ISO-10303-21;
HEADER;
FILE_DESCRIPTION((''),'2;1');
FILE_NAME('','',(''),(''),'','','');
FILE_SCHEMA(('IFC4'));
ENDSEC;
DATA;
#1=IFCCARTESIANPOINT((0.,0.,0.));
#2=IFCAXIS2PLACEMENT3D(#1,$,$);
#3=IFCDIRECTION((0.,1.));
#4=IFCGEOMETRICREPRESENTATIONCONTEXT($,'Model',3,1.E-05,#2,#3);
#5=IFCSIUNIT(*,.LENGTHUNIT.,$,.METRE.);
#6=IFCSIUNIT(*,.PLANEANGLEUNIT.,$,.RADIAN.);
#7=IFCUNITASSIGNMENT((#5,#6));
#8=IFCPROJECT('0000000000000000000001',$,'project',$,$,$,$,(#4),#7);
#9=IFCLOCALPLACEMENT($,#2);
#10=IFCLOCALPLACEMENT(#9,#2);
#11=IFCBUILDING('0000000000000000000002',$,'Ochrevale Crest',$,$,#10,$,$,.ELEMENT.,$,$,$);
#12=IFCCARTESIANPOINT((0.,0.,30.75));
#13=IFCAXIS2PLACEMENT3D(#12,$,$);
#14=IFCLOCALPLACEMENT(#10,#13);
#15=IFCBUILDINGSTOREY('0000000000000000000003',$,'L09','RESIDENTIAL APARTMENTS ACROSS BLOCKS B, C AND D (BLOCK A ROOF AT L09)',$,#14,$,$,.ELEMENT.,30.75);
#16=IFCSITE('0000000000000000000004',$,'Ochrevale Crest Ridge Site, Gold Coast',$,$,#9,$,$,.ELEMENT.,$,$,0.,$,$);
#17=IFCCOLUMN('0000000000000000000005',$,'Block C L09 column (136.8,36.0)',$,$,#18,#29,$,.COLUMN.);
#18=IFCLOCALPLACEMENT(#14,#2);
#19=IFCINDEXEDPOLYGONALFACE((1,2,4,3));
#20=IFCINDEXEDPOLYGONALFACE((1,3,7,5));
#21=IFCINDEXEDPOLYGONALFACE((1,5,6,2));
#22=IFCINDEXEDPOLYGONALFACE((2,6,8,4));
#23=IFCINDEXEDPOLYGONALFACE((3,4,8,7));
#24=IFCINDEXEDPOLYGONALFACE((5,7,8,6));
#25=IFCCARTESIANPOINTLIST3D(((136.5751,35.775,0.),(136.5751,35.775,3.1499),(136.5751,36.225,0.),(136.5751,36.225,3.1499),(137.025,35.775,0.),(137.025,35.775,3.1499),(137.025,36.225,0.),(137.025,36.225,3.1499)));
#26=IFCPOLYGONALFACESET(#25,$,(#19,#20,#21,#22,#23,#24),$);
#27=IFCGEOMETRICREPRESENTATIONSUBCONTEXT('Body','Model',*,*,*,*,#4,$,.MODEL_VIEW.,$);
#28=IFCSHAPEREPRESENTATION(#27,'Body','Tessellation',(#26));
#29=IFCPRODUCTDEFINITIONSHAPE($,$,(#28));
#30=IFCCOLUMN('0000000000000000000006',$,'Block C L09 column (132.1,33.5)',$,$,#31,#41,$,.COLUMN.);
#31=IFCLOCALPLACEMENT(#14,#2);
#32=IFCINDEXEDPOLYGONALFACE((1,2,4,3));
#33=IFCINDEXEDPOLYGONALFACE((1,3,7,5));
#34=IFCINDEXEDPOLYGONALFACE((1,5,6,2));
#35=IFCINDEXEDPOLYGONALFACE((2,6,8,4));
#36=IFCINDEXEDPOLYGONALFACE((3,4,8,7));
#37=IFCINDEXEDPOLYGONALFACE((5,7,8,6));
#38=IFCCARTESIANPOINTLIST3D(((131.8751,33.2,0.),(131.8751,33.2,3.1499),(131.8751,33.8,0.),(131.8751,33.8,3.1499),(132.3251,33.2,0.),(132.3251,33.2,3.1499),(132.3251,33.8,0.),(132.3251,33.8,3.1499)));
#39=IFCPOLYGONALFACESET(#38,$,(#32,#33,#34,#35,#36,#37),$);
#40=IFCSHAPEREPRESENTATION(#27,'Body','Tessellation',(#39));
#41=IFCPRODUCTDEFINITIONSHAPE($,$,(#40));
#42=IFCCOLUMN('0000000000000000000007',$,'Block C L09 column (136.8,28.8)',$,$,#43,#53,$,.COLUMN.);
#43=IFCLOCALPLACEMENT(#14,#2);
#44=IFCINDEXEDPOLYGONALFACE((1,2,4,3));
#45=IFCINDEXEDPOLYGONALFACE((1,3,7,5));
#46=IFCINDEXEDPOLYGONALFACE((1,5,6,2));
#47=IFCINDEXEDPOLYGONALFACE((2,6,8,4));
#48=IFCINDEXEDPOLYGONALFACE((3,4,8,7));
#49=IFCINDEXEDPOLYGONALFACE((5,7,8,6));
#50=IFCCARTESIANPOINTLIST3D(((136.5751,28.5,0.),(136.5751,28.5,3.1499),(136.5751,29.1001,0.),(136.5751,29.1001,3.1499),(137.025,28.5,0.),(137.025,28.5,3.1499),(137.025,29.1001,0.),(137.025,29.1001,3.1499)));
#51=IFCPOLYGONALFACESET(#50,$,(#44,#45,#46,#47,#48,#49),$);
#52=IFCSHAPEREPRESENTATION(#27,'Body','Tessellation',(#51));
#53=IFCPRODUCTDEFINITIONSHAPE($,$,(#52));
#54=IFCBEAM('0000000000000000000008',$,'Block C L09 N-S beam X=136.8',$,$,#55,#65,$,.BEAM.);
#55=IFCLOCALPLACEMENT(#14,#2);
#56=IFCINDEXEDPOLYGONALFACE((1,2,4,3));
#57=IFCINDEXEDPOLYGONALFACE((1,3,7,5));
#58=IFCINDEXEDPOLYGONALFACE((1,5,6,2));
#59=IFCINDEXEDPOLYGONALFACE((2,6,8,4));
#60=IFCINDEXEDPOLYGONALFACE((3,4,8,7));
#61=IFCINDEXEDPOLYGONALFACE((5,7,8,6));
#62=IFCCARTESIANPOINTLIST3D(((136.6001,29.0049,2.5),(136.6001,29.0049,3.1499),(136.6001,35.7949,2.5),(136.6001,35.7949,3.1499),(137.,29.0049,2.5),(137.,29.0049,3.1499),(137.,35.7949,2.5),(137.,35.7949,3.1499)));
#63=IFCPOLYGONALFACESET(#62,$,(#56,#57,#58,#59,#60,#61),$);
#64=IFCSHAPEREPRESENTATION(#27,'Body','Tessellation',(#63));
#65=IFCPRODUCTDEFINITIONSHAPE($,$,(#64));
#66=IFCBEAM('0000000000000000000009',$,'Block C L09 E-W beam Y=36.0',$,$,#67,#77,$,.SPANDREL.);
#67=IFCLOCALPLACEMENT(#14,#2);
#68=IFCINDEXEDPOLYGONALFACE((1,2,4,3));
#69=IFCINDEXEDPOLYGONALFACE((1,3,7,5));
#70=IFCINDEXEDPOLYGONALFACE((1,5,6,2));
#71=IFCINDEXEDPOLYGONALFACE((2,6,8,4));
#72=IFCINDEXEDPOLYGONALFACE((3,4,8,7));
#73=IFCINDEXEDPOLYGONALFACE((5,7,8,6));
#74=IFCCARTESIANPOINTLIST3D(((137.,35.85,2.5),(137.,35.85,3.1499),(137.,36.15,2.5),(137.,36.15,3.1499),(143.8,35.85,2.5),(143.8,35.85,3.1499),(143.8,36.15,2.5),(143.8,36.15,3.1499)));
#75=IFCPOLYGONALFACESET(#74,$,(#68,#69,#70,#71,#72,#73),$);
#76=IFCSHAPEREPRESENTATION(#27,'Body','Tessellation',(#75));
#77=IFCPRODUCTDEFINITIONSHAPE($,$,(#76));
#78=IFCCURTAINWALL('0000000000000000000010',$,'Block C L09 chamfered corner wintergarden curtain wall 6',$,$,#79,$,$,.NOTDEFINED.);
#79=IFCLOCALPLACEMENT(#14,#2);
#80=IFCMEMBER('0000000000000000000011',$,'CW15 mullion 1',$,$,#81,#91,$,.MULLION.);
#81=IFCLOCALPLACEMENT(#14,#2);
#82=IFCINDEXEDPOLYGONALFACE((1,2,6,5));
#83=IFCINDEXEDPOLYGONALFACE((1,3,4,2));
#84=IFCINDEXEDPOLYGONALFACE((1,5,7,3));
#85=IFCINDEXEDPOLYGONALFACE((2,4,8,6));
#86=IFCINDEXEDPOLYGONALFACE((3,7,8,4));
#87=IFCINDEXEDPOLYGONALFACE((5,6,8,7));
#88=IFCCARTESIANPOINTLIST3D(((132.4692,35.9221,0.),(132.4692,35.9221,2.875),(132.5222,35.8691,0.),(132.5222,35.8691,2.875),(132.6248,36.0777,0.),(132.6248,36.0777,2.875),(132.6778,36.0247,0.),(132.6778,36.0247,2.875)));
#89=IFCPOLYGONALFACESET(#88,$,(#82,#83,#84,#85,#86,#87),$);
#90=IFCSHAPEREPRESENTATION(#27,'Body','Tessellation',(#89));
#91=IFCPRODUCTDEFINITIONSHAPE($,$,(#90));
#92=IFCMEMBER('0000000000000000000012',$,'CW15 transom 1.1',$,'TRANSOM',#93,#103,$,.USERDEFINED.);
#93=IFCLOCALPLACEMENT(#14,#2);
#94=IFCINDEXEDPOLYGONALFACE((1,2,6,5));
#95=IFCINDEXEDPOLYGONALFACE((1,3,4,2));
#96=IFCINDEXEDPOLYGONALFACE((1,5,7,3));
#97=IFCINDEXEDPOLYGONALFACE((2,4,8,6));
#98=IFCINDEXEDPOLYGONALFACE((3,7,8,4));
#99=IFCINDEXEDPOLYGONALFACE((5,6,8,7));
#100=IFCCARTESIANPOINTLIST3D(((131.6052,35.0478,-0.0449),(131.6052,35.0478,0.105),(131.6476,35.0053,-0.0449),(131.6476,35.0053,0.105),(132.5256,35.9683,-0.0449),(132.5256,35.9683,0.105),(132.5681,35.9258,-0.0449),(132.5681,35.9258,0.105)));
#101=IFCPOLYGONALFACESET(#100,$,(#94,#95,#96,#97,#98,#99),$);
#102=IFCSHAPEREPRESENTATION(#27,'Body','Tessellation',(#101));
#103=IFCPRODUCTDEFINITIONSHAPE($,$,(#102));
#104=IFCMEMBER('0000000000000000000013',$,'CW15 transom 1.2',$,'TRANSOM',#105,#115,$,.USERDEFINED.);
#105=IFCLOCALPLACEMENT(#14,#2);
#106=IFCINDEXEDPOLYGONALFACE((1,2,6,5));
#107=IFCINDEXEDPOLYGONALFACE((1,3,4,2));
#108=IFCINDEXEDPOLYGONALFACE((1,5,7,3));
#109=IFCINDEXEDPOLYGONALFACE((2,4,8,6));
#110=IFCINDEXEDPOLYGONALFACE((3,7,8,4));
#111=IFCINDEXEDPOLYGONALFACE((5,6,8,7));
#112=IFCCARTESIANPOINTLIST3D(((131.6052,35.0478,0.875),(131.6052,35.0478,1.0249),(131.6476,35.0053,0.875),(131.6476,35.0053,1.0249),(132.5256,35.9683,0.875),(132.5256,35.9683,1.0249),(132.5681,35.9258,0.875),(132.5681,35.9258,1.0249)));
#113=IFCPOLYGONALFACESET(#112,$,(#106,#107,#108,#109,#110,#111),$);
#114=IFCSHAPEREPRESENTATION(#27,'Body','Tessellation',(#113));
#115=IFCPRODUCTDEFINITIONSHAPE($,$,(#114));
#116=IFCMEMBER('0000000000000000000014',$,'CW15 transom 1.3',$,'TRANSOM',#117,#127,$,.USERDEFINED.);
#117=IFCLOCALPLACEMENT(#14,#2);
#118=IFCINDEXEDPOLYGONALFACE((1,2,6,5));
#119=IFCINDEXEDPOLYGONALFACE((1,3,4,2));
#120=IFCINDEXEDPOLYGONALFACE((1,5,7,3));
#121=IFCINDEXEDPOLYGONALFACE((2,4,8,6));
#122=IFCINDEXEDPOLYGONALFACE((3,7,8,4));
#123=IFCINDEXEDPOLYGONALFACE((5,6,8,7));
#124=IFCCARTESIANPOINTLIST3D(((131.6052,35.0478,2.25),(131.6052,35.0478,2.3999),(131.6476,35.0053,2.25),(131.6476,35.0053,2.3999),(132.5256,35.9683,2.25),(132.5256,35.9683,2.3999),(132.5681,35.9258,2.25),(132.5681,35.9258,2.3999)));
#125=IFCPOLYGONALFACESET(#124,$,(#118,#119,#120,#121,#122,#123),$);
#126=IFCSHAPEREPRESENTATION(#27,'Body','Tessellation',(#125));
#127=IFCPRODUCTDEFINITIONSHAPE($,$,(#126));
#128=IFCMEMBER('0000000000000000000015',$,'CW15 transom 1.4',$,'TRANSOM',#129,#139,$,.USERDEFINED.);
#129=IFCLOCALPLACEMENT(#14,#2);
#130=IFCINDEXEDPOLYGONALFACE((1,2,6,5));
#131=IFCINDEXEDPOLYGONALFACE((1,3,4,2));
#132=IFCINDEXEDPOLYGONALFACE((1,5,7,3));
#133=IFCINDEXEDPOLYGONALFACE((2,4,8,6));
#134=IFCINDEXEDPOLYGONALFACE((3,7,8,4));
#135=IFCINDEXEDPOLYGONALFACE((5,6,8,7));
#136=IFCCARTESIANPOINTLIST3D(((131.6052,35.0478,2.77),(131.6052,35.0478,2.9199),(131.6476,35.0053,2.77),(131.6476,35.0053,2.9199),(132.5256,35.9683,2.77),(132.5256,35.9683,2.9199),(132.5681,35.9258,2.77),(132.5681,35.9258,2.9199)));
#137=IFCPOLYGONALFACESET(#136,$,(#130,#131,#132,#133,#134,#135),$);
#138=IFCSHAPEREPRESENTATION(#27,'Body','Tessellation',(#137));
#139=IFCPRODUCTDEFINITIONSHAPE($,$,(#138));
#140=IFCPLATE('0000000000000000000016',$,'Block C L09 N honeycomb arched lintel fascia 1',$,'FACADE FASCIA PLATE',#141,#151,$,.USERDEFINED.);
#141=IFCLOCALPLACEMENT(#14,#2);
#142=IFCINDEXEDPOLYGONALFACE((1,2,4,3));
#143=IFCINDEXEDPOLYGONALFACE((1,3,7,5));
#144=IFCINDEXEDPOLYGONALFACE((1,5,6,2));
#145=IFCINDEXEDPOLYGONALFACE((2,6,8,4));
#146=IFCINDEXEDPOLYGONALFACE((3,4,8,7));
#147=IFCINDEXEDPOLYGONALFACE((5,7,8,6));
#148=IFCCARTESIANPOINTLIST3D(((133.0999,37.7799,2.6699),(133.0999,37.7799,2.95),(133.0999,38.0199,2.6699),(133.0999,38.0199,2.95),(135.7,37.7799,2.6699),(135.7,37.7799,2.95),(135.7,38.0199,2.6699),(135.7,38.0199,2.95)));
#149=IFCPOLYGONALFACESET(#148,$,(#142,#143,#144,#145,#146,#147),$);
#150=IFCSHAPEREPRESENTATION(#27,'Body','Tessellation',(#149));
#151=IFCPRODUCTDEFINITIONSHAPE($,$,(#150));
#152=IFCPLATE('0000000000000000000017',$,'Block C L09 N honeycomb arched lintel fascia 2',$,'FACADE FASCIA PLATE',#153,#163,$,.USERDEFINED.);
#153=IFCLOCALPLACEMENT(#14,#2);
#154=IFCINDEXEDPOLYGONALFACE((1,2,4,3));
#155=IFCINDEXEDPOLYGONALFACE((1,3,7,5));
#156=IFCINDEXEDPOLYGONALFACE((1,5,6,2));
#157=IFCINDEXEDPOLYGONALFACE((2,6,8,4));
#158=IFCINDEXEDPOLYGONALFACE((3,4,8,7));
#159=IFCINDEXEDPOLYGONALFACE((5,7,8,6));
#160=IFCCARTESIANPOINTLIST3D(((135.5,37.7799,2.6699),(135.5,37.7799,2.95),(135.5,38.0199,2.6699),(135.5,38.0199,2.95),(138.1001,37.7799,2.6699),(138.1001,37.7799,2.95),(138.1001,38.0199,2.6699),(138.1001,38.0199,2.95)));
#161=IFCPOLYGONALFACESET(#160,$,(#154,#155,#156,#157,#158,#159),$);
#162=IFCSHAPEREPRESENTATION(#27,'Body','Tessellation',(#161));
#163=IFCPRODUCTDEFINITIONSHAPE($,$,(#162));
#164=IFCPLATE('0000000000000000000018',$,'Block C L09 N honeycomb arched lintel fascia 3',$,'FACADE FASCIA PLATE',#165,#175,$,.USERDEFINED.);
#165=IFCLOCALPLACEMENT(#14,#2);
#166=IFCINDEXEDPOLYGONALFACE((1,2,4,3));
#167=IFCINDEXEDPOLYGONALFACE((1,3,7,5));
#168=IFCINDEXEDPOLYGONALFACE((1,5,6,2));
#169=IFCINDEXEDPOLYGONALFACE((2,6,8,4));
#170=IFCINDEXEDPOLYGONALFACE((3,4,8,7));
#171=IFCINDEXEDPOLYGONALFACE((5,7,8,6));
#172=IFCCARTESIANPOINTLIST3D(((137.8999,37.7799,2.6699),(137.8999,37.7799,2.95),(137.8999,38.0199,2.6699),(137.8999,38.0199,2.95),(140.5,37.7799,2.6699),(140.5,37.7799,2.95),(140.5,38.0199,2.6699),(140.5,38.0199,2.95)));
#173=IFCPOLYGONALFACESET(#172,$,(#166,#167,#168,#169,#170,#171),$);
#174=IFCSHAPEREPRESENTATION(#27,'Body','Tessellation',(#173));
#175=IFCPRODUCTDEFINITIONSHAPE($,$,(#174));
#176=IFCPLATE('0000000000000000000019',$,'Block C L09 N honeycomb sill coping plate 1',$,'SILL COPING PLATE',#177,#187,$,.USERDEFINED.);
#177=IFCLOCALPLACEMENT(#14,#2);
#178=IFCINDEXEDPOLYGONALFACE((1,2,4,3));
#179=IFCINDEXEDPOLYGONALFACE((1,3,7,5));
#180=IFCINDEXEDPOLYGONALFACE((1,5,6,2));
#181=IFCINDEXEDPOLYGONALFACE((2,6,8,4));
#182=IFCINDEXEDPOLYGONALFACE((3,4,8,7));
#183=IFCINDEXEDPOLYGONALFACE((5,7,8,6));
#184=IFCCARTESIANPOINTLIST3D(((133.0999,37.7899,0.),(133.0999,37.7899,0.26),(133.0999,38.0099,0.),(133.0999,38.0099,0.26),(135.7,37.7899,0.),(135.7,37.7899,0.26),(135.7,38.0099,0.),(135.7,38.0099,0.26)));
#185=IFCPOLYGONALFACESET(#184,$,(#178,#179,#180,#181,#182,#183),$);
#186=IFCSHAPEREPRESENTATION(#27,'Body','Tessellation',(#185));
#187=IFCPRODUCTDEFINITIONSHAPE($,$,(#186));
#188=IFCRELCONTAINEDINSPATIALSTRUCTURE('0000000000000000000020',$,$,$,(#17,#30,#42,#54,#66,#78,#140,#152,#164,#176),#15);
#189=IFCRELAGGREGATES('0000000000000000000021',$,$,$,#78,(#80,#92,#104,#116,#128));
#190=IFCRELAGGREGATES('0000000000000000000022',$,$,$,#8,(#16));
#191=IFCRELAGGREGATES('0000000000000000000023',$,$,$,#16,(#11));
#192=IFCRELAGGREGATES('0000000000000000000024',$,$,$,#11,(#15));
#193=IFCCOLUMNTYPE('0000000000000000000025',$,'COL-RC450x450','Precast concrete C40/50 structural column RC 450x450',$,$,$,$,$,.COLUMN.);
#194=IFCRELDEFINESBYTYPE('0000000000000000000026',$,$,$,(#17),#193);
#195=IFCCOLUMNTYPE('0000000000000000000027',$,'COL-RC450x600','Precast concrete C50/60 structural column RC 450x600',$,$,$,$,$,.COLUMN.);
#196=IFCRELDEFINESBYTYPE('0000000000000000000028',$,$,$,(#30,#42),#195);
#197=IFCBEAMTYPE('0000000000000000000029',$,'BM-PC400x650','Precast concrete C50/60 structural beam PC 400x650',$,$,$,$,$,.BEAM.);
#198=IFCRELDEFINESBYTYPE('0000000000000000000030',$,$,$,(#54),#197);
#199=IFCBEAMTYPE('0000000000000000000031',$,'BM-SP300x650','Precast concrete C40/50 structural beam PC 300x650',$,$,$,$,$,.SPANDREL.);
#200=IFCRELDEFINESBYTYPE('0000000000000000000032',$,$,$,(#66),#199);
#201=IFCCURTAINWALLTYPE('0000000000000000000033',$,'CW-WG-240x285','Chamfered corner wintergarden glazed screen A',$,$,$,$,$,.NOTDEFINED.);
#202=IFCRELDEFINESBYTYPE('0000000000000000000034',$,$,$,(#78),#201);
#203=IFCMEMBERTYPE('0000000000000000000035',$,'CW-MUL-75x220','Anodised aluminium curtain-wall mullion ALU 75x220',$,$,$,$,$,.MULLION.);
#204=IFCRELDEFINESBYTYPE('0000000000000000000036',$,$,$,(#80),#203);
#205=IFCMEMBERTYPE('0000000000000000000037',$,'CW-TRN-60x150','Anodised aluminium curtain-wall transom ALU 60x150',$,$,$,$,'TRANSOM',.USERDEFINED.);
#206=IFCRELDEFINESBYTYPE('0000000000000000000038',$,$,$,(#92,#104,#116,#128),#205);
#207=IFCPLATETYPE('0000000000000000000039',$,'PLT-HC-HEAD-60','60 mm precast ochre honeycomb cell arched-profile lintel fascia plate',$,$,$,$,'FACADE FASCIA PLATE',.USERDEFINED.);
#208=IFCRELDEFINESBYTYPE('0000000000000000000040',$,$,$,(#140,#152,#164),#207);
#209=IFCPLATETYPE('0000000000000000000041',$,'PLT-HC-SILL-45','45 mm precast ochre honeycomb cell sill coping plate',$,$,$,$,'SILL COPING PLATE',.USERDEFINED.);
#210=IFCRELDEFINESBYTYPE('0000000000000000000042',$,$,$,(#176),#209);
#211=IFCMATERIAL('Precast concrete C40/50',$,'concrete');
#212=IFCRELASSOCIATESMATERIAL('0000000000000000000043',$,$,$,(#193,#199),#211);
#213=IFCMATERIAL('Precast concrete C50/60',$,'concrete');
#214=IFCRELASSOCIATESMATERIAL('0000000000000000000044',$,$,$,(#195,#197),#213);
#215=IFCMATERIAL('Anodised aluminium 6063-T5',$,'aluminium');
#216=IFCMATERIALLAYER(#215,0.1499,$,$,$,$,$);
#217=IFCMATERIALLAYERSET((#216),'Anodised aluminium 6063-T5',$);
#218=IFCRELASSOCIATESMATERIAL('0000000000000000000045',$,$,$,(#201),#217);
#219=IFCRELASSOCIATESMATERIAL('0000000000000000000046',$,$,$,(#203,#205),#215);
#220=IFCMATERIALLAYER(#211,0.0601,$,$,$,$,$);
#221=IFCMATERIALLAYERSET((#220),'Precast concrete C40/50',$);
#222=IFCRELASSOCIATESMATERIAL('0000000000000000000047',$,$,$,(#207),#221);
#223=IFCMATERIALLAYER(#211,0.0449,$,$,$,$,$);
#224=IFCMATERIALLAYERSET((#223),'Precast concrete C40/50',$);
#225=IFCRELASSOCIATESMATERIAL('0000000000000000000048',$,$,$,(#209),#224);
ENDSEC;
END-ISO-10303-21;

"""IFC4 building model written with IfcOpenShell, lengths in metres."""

from ifc_helpers import new_model, si_unit, direction, frame, origin, origin_2d, place, context, subcontext, project, spatial, rectangle, extrude, material, layer, layer_set, material_profile, profile_set, type_object, element, aggregate, save


model = new_model("IFC4")

# Units and contexts
model_context = context("Model", 3, precision=1e-05, world=origin(), true_north=direction((0.0, 1.0)))
body_context = subcontext(model_context, "Body", "Model", "MODEL_VIEW")
ifc_project = project(units=[si_unit("LENGTHUNIT", "METRE"), si_unit("PLANEANGLEUNIT", "RADIAN")], contexts=[model_context])

# Site, building, storey
site_placement = place(None, origin())
site = spatial("IfcSite", under=ifc_project, at=site_placement, Name="Ochrevale Crest Ridge Site, Gold Coast", CompositionType="ELEMENT", RefElevation=0.0)
building_placement = place(site_placement, origin())
building = spatial("IfcBuilding", under=site, at=building_placement, Name="Ochrevale Crest", CompositionType="ELEMENT")
storey_placement = place(building_placement, frame((0.0, 0.0, 30.75)))
storey = spatial("IfcBuildingStorey", under=building, at=storey_placement, Name="L09", Description="RESIDENTIAL APARTMENTS ACROSS BLOCKS B, C AND D (BLOCK A ROOF AT L09)", CompositionType="ELEMENT", Elevation=30.75)

# Columns
ifc_material_1 = material(Name="Precast concrete C40/50", Category="concrete")
ifc_material_profile_1 = material_profile(ifc_material_1, rectangle(XDim=0.45, YDim=0.45, at=origin_2d()), Name="RC 450x450")
ifc_profile_set_1 = profile_set([ifc_material_profile_1], Name="Precast concrete C40/50")
column_type_1 = type_object("IfcColumnType", Name="COL-RC450x450", Description="Precast concrete C40/50 structural column RC 450x450", PredefinedType="COLUMN", material=ifc_profile_set_1)
column_placement = place(storey_placement, frame((136.8, 36.0, 0.0), z_axis=(0.0, 0.0, 1.0), x_axis=(1.0, 0.0, 0.0)))
element("IfcColumn", 1, at=column_placement, inside=storey, type_object=column_type_1, Name="Block C L09 column (136.8,36.0)", PredefinedType="COLUMN", context=body_context, shape_type="SweptSolid", body=[
    extrude(rectangle(XDim=0.45, YDim=0.45, at=origin_2d()), origin(), (0.0, 0.0, 1.0), 3.1499),
])
ifc_material_2 = material(Name="Precast concrete C50/60", Category="concrete")
ifc_material_profile_2 = material_profile(ifc_material_2, rectangle(XDim=0.45, YDim=0.6001, at=origin_2d()), Name="RC 450x600")
ifc_profile_set_2 = profile_set([ifc_material_profile_2], Name="Precast concrete C50/60")
column_type_2 = type_object("IfcColumnType", Name="COL-RC450x600", Description="Precast concrete C50/60 structural column RC 450x600", PredefinedType="COLUMN", material=ifc_profile_set_2)
for number, where, z_axis, x_axis, name in (
    (2, (132.1001, 33.5, 0.0), (0.0, 0.0, 1.0), (1.0, 0.0, 0.0), "Block C L09 column (132.1,33.5)"),
    (3, (136.8, 28.8, 0.0), (0.0, 0.0, 1.0), (1.0, 0.0, 0.0), "Block C L09 column (136.8,28.8)"),
):
    element("IfcColumn", number, at=place(storey_placement, frame(where, z_axis=z_axis, x_axis=x_axis)), inside=storey, type_object=column_type_2, Name=name, PredefinedType="COLUMN", context=body_context, shape_type="SweptSolid", body=[
        extrude(rectangle(XDim=0.45, YDim=0.6001, at=origin_2d()), origin(), (0.0, 0.0, 1.0), 3.1499),
    ])

# Beams
ifc_material_profile_3 = material_profile(ifc_material_2, rectangle(XDim=0.3999, YDim=0.6499, at=origin_2d()), Name="PC 400x650")
ifc_profile_set_3 = profile_set([ifc_material_profile_3], Name="Precast concrete C50/60")
beam_type_1 = type_object("IfcBeamType", Name="BM-PC400x650", Description="Precast concrete C50/60 structural beam PC 400x650", PredefinedType="BEAM", material=ifc_profile_set_3)
beam_1_placement = place(storey_placement, frame((136.8, 29.0049, 2.825), z_axis=(0.0, 1.0, 0.0), x_axis=(-1.0, 0.0, 0.0)))
element("IfcBeam", 4, at=beam_1_placement, inside=storey, type_object=beam_type_1, Name="Block C L09 N-S beam X=136.8", PredefinedType="BEAM", context=body_context, shape_type="SweptSolid", body=[
    extrude(rectangle(XDim=0.3999, YDim=0.6499, at=origin_2d()), origin(), (0.0, 0.0, 1.0), 6.79),
])
ifc_material_profile_4 = material_profile(ifc_material_1, rectangle(XDim=0.3, YDim=0.6499, at=origin_2d()), Name="PC 300x650")
ifc_profile_set_4 = profile_set([ifc_material_profile_4], Name="Precast concrete C40/50")
beam_type_2 = type_object("IfcBeamType", Name="BM-SP300x650", Description="Precast concrete C40/50 structural beam PC 300x650", PredefinedType="SPANDREL", material=ifc_profile_set_4)
beam_2_placement = place(storey_placement, frame((137.0, 36.0, 2.825), z_axis=(1.0, 0.0, 0.0), x_axis=(0.0, 1.0, 0.0)))
element("IfcBeam", 5, at=beam_2_placement, inside=storey, type_object=beam_type_2, Name="Block C L09 E-W beam Y=36.0", PredefinedType="SPANDREL", context=body_context, shape_type="SweptSolid", body=[
    extrude(rectangle(XDim=0.3, YDim=0.6499, at=origin_2d()), origin(), (0.0, 0.0, 1.0), 6.8),
])

# Curtain wall, members
ifc_material_3 = material(Name="Anodised aluminium 6063-T5", Category="aluminium")
ifc_layer_1 = layer(ifc_material_3, 0.1499)
ifc_layer_set_1 = layer_set([ifc_layer_1], Name="Anodised aluminium 6063-T5")
curtain_wall_type = type_object("IfcCurtainWallType", Name="CW-WG-240x285", Description="Chamfered corner wintergarden glazed screen A", PredefinedType="NOTDEFINED", material=ifc_layer_set_1)
curtain_wall_placement = place(storey_placement, origin())
curtain_wall = element("IfcCurtainWall", 6, at=curtain_wall_placement, inside=storey, type_object=curtain_wall_type, Name="Block C L09 chamfered corner wintergarden curtain wall 6", PredefinedType="NOTDEFINED")
ifc_material_profile_5 = material_profile(ifc_material_3, rectangle(XDim=0.075, YDim=0.22, at=origin_2d()), Name="ALU 75x220")
ifc_profile_set_5 = profile_set([ifc_material_profile_5], Name="Anodised aluminium 6063-T5")
member_type_1 = type_object("IfcMemberType", Name="CW-MUL-75x220", Description="Anodised aluminium curtain-wall mullion ALU 75x220", PredefinedType="MULLION", material=ifc_profile_set_5)
member_1_placement = place(storey_placement, frame((132.5735, 35.9734, 0.0), z_axis=(0.0, 0.0, 1.0), x_axis=(0.707107, -0.707107, 0.0)))
member_1 = element("IfcMember", 7, at=member_1_placement, type_object=member_type_1, Name="CW15 mullion 1", PredefinedType="MULLION", context=body_context, shape_type="SweptSolid", body=[
    extrude(rectangle(XDim=0.075, YDim=0.22, at=origin_2d()), origin(), (0.0, 0.0, 1.0), 2.875),
])
ifc_material_profile_6 = material_profile(ifc_material_3, rectangle(XDim=0.0601, YDim=0.1499, at=origin_2d()), Name="ALU 60x150")
ifc_profile_set_6 = profile_set([ifc_material_profile_6], Name="Anodised aluminium 6063-T5")
member_type_2 = type_object("IfcMemberType", Name="CW-TRN-60x150", Description="Anodised aluminium curtain-wall transom ALU 60x150", ElementType="TRANSOM", PredefinedType="USERDEFINED", material=ifc_profile_set_6)
member_2_placement = place(storey_placement, frame((132.5469, 35.947, 0.03), z_axis=(-0.707107, -0.707107, 0.0), x_axis=(0.707107, -0.707107, 0.0)))
member_2 = element("IfcMember", 8, at=member_2_placement, type_object=member_type_2, Name="CW15 transom 1.1", ObjectType="TRANSOM", PredefinedType="USERDEFINED", context=body_context, shape_type="SweptSolid", body=[
    extrude(rectangle(XDim=0.0601, YDim=0.1499, at=origin_2d()), origin(), (0.0, 0.0, 1.0), 1.3018),
])
member_3_placement = place(storey_placement, frame((132.5469, 35.947, 0.95), z_axis=(-0.707107, -0.707107, 0.0), x_axis=(0.707107, -0.707107, 0.0)))
member_3 = element("IfcMember", 9, at=member_3_placement, type_object=member_type_2, Name="CW15 transom 1.2", ObjectType="TRANSOM", PredefinedType="USERDEFINED", context=body_context, shape_type="SweptSolid", body=[
    extrude(rectangle(XDim=0.0601, YDim=0.1499, at=origin_2d()), origin(), (0.0, 0.0, 1.0), 1.3018),
])
member_4_placement = place(storey_placement, frame((132.5469, 35.947, 2.325), z_axis=(-0.707107, -0.707107, 0.0), x_axis=(0.707107, -0.707107, 0.0)))
member_4 = element("IfcMember", 10, at=member_4_placement, type_object=member_type_2, Name="CW15 transom 1.3", ObjectType="TRANSOM", PredefinedType="USERDEFINED", context=body_context, shape_type="SweptSolid", body=[
    extrude(rectangle(XDim=0.0601, YDim=0.1499, at=origin_2d()), origin(), (0.0, 0.0, 1.0), 1.3018),
])
member_5_placement = place(storey_placement, frame((132.5469, 35.947, 2.845), z_axis=(-0.707107, -0.707107, 0.0), x_axis=(0.707107, -0.707107, 0.0)))
member_5 = element("IfcMember", 11, at=member_5_placement, type_object=member_type_2, Name="CW15 transom 1.4", ObjectType="TRANSOM", PredefinedType="USERDEFINED", context=body_context, shape_type="SweptSolid", body=[
    extrude(rectangle(XDim=0.0601, YDim=0.1499, at=origin_2d()), origin(), (0.0, 0.0, 1.0), 1.3018),
])
aggregate(curtain_wall, [member_1, member_2, member_3, member_4, member_5])

# Plates
ifc_layer_2 = layer(ifc_material_1, 0.0601)
ifc_layer_set_2 = layer_set([ifc_layer_2], Name="Precast concrete C40/50")
plate_type_1 = type_object("IfcPlateType", Name="PLT-HC-HEAD-60", Description="60 mm precast ochre honeycomb cell arched-profile lintel fascia plate", ElementType="FACADE FASCIA PLATE", PredefinedType="USERDEFINED", material=ifc_layer_set_2)
for number, where, z_axis, x_axis, name in (
    (12, (134.3999, 37.8999, 2.6699), (0.0, 0.0, 1.0), (1.0, 0.0, 0.0), "Block C L09 N honeycomb arched lintel fascia 1"),
    (13, (136.8, 37.8999, 2.6699), (0.0, 0.0, 1.0), (1.0, 0.0, 0.0), "Block C L09 N honeycomb arched lintel fascia 2"),
    (14, (139.2, 37.8999, 2.6699), (0.0, 0.0, 1.0), (1.0, 0.0, 0.0), "Block C L09 N honeycomb arched lintel fascia 3"),
):
    element("IfcPlate", number, at=place(storey_placement, frame(where, z_axis=z_axis, x_axis=x_axis)), inside=storey, type_object=plate_type_1, Name=name, ObjectType="FACADE FASCIA PLATE", PredefinedType="USERDEFINED", context=body_context, shape_type="SweptSolid", body=[
        extrude(rectangle(XDim=2.6001, YDim=0.24, at=origin_2d()), origin(), (0.0, 0.0, 1.0), 0.28),
    ])
ifc_layer_3 = layer(ifc_material_1, 0.0449)
ifc_layer_set_3 = layer_set([ifc_layer_3], Name="Precast concrete C40/50")
plate_type_2 = type_object("IfcPlateType", Name="PLT-HC-SILL-45", Description="45 mm precast ochre honeycomb cell sill coping plate", ElementType="SILL COPING PLATE", PredefinedType="USERDEFINED", material=ifc_layer_set_3)
for number, where, z_axis, x_axis, name in (
    (15, (134.3999, 37.8999, 0.0), (0.0, 0.0, 1.0), (1.0, 0.0, 0.0), "Block C L09 N honeycomb sill coping plate 1"),
):
    element("IfcPlate", number, at=place(storey_placement, frame(where, z_axis=z_axis, x_axis=x_axis)), inside=storey, type_object=plate_type_2, Name=name, ObjectType="SILL COPING PLATE", PredefinedType="USERDEFINED", context=body_context, shape_type="SweptSolid", body=[
        extrude(rectangle(XDim=2.6001, YDim=0.22, at=origin_2d()), origin(), (0.0, 0.0, 1.0), 0.26),
    ])

save(model, "model.ifc")
